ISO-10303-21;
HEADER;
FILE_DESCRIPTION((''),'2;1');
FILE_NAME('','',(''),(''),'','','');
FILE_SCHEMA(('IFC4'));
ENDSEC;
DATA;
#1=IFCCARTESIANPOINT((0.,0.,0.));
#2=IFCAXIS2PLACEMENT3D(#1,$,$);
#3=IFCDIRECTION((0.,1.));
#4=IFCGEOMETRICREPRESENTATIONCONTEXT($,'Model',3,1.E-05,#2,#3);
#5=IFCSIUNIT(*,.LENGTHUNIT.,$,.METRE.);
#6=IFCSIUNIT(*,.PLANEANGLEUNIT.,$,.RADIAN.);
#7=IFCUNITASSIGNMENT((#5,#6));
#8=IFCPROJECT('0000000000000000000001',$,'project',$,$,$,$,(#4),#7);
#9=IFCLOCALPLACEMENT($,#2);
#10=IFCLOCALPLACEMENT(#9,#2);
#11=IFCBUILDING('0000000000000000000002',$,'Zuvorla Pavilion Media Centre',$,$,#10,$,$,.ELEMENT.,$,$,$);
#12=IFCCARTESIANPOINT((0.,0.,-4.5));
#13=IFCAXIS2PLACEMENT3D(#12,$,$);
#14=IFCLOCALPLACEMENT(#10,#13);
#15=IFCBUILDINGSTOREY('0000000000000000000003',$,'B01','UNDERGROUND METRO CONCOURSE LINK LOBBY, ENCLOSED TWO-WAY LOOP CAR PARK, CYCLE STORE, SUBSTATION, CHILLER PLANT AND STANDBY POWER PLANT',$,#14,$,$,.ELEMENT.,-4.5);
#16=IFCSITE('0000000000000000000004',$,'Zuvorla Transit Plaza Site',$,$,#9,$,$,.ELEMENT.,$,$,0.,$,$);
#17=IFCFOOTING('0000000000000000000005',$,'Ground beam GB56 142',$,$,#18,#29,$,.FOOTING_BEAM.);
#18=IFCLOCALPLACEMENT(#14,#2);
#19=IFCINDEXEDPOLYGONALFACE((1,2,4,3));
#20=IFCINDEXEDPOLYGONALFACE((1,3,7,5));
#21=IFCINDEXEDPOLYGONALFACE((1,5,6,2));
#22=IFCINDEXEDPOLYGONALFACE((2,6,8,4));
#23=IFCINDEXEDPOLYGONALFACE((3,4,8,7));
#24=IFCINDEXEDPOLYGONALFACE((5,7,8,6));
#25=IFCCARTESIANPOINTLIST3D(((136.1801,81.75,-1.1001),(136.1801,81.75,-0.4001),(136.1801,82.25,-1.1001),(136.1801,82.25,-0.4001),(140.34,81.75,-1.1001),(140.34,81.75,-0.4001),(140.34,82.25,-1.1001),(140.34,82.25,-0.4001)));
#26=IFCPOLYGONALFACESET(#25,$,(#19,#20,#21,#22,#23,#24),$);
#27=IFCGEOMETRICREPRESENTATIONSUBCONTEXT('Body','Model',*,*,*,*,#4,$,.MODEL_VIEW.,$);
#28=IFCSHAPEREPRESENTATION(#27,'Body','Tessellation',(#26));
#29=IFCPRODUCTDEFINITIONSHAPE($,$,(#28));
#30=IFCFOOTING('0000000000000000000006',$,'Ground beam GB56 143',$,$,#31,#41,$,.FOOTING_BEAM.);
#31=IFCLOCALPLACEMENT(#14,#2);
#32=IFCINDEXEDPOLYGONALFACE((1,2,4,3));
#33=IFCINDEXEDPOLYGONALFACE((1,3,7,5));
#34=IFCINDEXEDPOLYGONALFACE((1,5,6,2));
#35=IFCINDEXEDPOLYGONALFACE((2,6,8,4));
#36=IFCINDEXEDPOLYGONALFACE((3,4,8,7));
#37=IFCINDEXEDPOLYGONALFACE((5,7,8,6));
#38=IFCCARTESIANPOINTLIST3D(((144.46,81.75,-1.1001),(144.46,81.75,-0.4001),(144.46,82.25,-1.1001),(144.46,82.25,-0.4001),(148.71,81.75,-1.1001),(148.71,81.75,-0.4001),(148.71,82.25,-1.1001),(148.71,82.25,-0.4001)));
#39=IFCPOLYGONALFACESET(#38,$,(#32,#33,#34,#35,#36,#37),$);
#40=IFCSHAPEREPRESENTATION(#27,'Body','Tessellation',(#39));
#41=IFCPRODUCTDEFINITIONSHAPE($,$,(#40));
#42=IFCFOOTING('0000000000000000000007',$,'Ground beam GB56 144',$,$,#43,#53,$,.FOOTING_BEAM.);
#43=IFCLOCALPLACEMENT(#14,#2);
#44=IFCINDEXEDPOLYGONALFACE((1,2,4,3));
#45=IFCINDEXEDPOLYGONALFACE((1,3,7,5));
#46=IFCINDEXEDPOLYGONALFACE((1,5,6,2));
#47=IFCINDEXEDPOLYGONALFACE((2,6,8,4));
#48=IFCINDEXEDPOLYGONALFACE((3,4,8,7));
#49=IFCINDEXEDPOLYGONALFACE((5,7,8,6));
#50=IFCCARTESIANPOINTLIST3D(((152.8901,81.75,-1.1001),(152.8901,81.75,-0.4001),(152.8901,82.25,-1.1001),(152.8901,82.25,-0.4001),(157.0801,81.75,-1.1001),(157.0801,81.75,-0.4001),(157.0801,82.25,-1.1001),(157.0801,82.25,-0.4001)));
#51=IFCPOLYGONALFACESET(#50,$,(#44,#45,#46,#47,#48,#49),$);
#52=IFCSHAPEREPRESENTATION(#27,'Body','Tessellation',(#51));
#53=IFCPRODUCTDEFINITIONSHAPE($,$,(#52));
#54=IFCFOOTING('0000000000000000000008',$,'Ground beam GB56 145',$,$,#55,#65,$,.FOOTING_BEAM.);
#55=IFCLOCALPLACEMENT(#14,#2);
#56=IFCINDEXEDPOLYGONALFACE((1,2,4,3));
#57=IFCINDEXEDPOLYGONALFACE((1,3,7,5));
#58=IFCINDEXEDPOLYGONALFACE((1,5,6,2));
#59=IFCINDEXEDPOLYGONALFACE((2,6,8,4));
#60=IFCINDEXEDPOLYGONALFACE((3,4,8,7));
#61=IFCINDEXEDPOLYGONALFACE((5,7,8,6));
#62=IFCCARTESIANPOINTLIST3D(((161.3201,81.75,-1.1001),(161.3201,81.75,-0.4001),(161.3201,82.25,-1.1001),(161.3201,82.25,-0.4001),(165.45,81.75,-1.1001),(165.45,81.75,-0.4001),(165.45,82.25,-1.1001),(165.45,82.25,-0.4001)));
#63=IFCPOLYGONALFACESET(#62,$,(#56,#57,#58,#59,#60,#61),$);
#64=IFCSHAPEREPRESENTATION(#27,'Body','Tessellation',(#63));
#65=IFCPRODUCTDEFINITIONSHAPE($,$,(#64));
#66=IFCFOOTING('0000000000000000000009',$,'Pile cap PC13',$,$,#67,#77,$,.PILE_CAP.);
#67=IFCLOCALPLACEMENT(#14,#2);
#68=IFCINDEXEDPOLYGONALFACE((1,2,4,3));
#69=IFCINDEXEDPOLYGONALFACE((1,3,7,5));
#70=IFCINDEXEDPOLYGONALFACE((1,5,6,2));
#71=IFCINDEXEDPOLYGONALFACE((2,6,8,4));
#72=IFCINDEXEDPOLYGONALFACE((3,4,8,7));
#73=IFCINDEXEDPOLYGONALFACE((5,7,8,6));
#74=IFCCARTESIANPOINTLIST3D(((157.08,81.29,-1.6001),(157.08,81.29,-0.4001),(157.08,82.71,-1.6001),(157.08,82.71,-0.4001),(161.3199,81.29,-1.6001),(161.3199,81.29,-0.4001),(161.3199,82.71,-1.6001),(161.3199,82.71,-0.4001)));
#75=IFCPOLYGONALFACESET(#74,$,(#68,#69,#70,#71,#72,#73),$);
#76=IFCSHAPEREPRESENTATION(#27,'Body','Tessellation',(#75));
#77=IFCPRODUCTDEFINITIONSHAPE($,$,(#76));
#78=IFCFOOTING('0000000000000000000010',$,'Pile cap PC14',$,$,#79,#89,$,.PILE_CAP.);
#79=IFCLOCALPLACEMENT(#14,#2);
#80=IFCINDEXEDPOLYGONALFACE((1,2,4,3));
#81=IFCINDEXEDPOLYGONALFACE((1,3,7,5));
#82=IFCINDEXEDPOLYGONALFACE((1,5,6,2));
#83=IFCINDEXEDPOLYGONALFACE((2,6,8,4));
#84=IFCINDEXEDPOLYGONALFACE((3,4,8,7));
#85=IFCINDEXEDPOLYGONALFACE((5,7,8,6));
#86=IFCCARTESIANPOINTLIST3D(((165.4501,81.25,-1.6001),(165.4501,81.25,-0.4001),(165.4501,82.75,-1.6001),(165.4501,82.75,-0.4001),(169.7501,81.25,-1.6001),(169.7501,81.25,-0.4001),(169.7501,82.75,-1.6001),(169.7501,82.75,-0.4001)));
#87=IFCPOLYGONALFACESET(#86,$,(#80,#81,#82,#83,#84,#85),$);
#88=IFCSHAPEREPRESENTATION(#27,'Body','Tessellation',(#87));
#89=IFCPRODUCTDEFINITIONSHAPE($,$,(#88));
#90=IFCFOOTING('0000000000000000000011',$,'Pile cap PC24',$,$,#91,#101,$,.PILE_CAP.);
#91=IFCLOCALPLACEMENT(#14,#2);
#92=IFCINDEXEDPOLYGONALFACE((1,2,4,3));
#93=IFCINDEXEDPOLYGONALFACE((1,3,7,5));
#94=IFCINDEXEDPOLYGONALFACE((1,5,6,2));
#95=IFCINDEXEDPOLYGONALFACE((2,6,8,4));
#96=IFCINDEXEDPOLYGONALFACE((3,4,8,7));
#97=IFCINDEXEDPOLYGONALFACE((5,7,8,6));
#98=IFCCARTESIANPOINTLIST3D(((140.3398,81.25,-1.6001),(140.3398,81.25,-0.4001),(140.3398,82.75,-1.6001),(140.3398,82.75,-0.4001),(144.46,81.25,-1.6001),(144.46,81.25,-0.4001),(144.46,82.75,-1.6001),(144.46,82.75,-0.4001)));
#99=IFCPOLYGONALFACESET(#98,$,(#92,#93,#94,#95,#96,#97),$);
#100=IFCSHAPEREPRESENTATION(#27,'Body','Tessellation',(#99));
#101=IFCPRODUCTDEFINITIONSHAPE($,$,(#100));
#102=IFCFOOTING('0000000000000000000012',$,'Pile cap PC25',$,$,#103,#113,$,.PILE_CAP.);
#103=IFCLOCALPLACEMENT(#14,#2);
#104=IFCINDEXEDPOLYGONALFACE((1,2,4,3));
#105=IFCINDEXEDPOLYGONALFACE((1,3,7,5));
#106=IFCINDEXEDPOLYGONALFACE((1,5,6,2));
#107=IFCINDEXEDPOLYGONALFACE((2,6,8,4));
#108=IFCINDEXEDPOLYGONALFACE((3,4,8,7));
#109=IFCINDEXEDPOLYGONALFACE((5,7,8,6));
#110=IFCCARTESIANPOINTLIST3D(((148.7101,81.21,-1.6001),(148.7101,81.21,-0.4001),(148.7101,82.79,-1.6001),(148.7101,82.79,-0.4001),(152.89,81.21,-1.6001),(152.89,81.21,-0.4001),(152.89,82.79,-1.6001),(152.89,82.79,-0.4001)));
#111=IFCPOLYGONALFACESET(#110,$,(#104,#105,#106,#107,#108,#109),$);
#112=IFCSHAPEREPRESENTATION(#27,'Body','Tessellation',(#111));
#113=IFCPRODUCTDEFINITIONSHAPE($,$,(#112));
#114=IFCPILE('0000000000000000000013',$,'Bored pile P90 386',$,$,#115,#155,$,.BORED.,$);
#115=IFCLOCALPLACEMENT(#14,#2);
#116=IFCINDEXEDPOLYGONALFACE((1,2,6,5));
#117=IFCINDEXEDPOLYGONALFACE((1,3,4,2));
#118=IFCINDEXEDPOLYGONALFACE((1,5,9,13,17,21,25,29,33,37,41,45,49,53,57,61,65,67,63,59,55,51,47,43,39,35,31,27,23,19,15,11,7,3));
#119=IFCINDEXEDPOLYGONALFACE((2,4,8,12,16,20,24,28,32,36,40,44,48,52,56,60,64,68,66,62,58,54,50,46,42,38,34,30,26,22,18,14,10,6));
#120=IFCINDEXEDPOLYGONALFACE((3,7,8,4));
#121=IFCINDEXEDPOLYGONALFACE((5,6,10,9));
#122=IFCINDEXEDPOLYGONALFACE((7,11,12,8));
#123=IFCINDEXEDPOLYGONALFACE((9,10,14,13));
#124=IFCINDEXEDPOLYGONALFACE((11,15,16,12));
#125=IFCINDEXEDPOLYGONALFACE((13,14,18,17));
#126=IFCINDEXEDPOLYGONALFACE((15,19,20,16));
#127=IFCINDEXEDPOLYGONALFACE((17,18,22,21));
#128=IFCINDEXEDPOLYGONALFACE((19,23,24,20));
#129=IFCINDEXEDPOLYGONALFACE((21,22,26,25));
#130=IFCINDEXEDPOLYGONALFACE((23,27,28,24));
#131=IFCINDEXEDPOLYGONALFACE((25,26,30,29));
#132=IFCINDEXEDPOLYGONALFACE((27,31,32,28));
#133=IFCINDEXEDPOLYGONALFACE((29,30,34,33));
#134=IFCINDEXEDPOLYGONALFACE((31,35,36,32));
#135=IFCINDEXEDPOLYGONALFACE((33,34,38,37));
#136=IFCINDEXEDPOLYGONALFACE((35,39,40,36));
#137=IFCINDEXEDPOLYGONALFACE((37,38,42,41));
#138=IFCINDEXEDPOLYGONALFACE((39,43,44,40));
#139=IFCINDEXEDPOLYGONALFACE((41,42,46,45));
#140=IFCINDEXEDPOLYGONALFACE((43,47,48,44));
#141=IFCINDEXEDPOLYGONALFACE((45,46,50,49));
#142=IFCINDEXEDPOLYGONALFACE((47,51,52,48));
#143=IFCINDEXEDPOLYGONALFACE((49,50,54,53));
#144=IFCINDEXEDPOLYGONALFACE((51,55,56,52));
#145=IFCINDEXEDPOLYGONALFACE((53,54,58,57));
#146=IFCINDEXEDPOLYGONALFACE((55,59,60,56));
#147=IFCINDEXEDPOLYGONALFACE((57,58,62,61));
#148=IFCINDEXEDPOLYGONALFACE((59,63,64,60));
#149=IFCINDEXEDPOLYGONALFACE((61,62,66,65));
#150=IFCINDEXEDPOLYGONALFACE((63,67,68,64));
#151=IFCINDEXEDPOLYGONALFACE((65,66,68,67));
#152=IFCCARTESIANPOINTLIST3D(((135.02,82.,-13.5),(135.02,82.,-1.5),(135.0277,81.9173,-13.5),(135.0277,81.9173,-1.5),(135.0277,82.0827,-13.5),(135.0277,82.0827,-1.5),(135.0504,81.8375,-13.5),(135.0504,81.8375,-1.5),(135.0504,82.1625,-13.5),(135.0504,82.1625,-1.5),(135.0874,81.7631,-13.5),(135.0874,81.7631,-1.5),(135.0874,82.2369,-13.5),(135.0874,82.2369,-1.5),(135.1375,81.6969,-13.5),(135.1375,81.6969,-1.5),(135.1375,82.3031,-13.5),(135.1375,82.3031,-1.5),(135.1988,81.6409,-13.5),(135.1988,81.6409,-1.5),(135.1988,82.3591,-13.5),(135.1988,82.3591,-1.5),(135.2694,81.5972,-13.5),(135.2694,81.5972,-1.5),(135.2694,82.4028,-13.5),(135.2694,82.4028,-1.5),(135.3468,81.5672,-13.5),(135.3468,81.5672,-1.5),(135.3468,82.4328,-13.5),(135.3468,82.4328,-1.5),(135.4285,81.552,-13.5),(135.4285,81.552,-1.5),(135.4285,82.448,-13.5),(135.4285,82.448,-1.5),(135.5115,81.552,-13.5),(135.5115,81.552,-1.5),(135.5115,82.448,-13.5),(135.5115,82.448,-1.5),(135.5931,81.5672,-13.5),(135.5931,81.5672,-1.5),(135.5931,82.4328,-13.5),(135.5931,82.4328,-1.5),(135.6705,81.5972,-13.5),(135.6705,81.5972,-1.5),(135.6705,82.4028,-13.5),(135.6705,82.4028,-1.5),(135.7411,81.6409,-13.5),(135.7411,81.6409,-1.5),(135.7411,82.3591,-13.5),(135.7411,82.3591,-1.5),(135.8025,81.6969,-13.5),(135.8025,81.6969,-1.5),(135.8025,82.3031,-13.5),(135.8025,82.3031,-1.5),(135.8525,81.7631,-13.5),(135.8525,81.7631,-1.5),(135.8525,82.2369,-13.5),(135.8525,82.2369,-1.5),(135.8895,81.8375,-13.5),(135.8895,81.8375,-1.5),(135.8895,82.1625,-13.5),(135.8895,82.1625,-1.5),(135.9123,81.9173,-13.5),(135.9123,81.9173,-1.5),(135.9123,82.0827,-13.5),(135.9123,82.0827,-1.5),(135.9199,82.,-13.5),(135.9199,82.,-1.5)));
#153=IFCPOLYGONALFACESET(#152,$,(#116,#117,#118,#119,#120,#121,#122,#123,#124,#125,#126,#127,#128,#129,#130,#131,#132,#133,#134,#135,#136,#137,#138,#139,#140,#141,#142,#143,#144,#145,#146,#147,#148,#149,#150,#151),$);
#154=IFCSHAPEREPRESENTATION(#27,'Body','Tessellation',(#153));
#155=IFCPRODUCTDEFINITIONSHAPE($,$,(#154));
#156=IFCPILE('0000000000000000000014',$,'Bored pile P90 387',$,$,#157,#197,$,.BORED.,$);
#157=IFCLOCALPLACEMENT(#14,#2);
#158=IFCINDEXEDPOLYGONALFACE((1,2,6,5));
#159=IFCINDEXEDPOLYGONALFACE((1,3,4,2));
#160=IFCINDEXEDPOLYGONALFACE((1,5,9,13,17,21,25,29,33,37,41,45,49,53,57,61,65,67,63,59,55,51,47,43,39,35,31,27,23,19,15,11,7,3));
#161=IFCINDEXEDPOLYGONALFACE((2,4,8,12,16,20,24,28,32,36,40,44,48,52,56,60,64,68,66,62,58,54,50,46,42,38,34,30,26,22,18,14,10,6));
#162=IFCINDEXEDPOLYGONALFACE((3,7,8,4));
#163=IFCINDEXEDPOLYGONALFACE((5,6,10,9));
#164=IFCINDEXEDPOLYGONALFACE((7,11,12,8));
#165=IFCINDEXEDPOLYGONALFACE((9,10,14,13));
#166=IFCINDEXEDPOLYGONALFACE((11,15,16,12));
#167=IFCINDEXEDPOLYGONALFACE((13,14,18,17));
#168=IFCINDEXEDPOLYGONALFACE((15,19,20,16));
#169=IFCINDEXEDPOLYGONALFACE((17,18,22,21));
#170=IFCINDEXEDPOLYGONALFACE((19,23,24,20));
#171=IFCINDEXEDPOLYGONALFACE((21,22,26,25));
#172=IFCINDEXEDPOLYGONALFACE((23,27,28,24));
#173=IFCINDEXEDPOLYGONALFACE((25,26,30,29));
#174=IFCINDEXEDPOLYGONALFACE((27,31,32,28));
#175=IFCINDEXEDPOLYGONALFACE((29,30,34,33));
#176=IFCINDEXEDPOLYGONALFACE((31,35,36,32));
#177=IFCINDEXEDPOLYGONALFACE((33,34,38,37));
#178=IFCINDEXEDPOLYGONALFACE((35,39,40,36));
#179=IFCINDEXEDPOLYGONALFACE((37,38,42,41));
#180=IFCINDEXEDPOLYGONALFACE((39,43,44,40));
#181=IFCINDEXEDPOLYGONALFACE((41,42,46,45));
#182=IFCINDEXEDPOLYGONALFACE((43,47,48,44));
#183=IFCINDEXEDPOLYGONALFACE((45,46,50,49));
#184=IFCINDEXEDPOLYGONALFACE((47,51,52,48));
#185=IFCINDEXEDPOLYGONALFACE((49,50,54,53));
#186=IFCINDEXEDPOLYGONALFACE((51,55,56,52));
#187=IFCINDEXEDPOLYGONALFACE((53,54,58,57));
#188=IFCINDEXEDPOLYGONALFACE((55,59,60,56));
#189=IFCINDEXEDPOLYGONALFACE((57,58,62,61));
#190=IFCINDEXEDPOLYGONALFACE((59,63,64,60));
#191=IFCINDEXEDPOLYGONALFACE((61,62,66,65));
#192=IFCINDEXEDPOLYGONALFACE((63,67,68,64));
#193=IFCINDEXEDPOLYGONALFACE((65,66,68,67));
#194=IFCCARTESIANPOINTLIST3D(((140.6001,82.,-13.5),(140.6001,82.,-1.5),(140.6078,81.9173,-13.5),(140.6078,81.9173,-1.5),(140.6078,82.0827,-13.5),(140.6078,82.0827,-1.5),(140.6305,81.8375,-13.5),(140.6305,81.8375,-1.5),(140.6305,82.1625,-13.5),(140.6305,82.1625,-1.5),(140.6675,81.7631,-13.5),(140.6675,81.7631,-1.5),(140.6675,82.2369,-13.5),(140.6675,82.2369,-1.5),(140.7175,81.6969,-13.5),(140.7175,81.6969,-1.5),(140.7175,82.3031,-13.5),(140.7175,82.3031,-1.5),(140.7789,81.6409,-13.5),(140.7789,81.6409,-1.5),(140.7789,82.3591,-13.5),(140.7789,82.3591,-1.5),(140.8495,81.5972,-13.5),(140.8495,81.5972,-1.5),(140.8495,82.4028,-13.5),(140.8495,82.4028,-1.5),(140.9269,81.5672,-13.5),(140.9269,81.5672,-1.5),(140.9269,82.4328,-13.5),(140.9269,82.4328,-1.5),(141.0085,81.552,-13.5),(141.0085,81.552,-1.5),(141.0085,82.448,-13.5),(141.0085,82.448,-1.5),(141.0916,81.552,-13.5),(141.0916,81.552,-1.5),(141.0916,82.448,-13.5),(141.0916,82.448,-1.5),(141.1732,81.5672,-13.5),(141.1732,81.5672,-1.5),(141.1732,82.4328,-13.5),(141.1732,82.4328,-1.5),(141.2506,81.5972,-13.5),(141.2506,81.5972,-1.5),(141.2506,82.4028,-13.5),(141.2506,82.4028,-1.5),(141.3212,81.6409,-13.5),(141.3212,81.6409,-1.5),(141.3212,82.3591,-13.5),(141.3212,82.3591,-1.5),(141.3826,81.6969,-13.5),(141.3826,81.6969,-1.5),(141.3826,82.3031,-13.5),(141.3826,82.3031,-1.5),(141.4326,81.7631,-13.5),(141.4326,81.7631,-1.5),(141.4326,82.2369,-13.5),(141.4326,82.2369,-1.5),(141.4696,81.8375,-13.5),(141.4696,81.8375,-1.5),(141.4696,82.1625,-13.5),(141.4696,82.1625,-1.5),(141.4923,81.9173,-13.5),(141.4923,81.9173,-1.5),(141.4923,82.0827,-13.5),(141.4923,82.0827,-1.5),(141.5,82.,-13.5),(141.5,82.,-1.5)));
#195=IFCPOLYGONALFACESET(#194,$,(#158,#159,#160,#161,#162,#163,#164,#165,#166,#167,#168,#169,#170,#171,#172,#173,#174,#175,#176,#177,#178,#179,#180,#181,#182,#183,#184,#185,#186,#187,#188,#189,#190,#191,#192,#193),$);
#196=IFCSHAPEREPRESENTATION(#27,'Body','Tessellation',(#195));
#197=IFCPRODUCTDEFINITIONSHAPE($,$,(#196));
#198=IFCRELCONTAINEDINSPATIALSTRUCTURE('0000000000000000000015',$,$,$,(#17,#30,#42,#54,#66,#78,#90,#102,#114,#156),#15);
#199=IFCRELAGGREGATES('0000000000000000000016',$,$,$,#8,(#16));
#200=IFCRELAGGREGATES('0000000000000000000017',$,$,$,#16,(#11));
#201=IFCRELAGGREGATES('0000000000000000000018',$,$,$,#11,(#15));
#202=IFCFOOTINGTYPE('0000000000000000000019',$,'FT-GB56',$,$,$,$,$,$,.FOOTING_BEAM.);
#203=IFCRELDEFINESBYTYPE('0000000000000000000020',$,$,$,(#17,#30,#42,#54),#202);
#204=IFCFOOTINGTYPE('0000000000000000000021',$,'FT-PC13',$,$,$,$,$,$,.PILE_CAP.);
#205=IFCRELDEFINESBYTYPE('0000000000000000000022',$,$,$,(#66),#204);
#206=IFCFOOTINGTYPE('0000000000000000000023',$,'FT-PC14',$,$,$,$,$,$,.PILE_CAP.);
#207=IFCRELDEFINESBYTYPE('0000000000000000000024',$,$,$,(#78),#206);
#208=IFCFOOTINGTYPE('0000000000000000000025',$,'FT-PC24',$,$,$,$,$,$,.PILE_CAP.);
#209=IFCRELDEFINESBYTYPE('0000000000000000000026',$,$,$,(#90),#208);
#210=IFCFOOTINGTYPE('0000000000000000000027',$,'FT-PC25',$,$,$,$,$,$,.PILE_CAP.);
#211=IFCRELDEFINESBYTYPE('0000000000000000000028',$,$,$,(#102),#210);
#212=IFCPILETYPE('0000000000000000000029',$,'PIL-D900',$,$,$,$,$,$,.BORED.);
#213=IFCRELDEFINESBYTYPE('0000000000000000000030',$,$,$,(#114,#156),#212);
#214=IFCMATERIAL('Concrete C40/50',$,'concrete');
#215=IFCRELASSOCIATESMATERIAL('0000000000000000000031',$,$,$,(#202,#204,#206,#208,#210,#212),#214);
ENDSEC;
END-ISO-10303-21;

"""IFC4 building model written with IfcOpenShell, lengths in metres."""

from ifc_helpers import new_model, si_unit, direction, frame, origin, origin_2d, place, context, subcontext, project, spatial, rectangle, circle, extrude, material, material_profile, profile_set, type_object, element, save


model = new_model("IFC4")

# Units and contexts
model_context = context("Model", 3, precision=1e-05, world=origin(), true_north=direction((0.0, 1.0)))
body_context = subcontext(model_context, "Body", "Model", "MODEL_VIEW")
ifc_project = project(units=[si_unit("LENGTHUNIT", "METRE"), si_unit("PLANEANGLEUNIT", "RADIAN")], contexts=[model_context])

# Site, building, storey
site_placement = place(None, origin())
site = spatial("IfcSite", under=ifc_project, at=site_placement, Name="Zuvorla Transit Plaza Site", CompositionType="ELEMENT", RefElevation=0.0)
building_placement = place(site_placement, origin())
building = spatial("IfcBuilding", under=site, at=building_placement, Name="Zuvorla Pavilion Media Centre", CompositionType="ELEMENT")
storey_placement = place(building_placement, frame((0.0, 0.0, -4.5)))
storey = spatial("IfcBuildingStorey", under=building, at=storey_placement, Name="B01", Description="UNDERGROUND METRO CONCOURSE LINK LOBBY, ENCLOSED TWO-WAY LOOP CAR PARK, CYCLE STORE, SUBSTATION, CHILLER PLANT AND STANDBY POWER PLANT", CompositionType="ELEMENT", Elevation=-4.5)

# Footings
ifc_material = material(Name="Concrete C40/50", Category="concrete")
footing_type_1 = type_object("IfcFootingType", Name="FT-GB56", PredefinedType="FOOTING_BEAM", material=ifc_material)
footing_1_placement = place(storey_placement, frame((138.26, 82.0, -1.1001), z_axis=(0.0, 0.0, 1.0), x_axis=(1.0, 0.0, 0.0)))
element("IfcFooting", 1, at=footing_1_placement, inside=storey, type_object=footing_type_1, Name="Ground beam GB56 142", PredefinedType="FOOTING_BEAM", context=body_context, shape_type="SweptSolid", body=[
    extrude(rectangle(XDim=4.1599, YDim=0.5, at=origin_2d()), origin(), (0.0, 0.0, 1.0), 0.7),
])
footing_2_placement = place(storey_placement, frame((146.585, 82.0, -1.1001), z_axis=(0.0, 0.0, 1.0), x_axis=(1.0, 0.0, 0.0)))
element("IfcFooting", 2, at=footing_2_placement, inside=storey, type_object=footing_type_1, Name="Ground beam GB56 143", PredefinedType="FOOTING_BEAM", context=body_context, shape_type="SweptSolid", body=[
    extrude(rectangle(XDim=4.25, YDim=0.5, at=origin_2d()), origin(), (0.0, 0.0, 1.0), 0.7),
])
footing_3_placement = place(storey_placement, frame((154.9851, 82.0, -1.1001), z_axis=(0.0, 0.0, 1.0), x_axis=(1.0, 0.0, 0.0)))
element("IfcFooting", 3, at=footing_3_placement, inside=storey, type_object=footing_type_1, Name="Ground beam GB56 144", PredefinedType="FOOTING_BEAM", context=body_context, shape_type="SweptSolid", body=[
    extrude(rectangle(XDim=4.1899, YDim=0.5, at=origin_2d()), origin(), (0.0, 0.0, 1.0), 0.7),
])
footing_4_placement = place(storey_placement, frame((163.385, 82.0, -1.1001), z_axis=(0.0, 0.0, 1.0), x_axis=(1.0, 0.0, 0.0)))
element("IfcFooting", 4, at=footing_4_placement, inside=storey, type_object=footing_type_1, Name="Ground beam GB56 145", PredefinedType="FOOTING_BEAM", context=body_context, shape_type="SweptSolid", body=[
    extrude(rectangle(XDim=4.1299, YDim=0.5, at=origin_2d()), origin(), (0.0, 0.0, 1.0), 0.7),
])
footing_type_2 = type_object("IfcFootingType", Name="FT-PC13", PredefinedType="PILE_CAP", material=ifc_material)
footing_5_placement = place(storey_placement, frame((159.2, 82.0, -1.6001), z_axis=(0.0, 0.0, 1.0), x_axis=(1.0, 0.0, 0.0)))
element("IfcFooting", 5, at=footing_5_placement, inside=storey, type_object=footing_type_2, Name="Pile cap PC13", PredefinedType="PILE_CAP", context=body_context, shape_type="SweptSolid", body=[
    extrude(rectangle(XDim=4.24, YDim=1.4199, at=origin_2d()), origin(), (0.0, 0.0, 1.0), 1.2),
])
footing_type_3 = type_object("IfcFootingType", Name="FT-PC14", PredefinedType="PILE_CAP", material=ifc_material)
footing_6_placement = place(storey_placement, frame((167.6001, 82.0, -1.6001), z_axis=(0.0, 0.0, 1.0), x_axis=(1.0, 0.0, 0.0)))
element("IfcFooting", 6, at=footing_6_placement, inside=storey, type_object=footing_type_3, Name="Pile cap PC14", PredefinedType="PILE_CAP", context=body_context, shape_type="SweptSolid", body=[
    extrude(rectangle(XDim=4.3, YDim=1.5, at=origin_2d()), origin(), (0.0, 0.0, 1.0), 1.2),
])
footing_type_4 = type_object("IfcFootingType", Name="FT-PC24", PredefinedType="PILE_CAP", material=ifc_material)
footing_7_placement = place(storey_placement, frame((142.3999, 82.0, -1.6001), z_axis=(0.0, 0.0, 1.0), x_axis=(1.0, 0.0, 0.0)))
element("IfcFooting", 7, at=footing_7_placement, inside=storey, type_object=footing_type_4, Name="Pile cap PC24", PredefinedType="PILE_CAP", context=body_context, shape_type="SweptSolid", body=[
    extrude(rectangle(XDim=4.1201, YDim=1.5, at=origin_2d()), origin(), (0.0, 0.0, 1.0), 1.2),
])
footing_type_5 = type_object("IfcFootingType", Name="FT-PC25", PredefinedType="PILE_CAP", material=ifc_material)
footing_8_placement = place(storey_placement, frame((150.8, 82.0, -1.6001), z_axis=(0.0, 0.0, 1.0), x_axis=(1.0, 0.0, 0.0)))
element("IfcFooting", 8, at=footing_8_placement, inside=storey, type_object=footing_type_5, Name="Pile cap PC25", PredefinedType="PILE_CAP", context=body_context, shape_type="SweptSolid", body=[
    extrude(rectangle(XDim=4.1799, YDim=1.5801, at=origin_2d()), origin(), (0.0, 0.0, 1.0), 1.2),
])

# Piles
ifc_material_profile_1 = material_profile(ifc_material, circle(Radius=0.45, at=origin_2d()), Name="BORED PILE 900")
ifc_profile_set_1 = profile_set([ifc_material_profile_1], Name="Concrete C40/50")
pile_type = type_object("IfcPileType", Name="PIL-D900", PredefinedType="BORED", material=ifc_profile_set_1)
for number, where, z_axis, x_axis, name in (
    (9, (135.47, 82.0, -1.5), (0.0, 0.0, -1.0), (1.0, 0.0, 0.0), "Bored pile P90 386"),
    (10, (141.05, 82.0, -1.5), (0.0, 0.0, -1.0), (1.0, 0.0, 0.0), "Bored pile P90 387"),
):
    element("IfcPile", number, at=place(storey_placement, frame(where, z_axis=z_axis, x_axis=x_axis)), inside=storey, type_object=pile_type, Name=name, PredefinedType="BORED", context=body_context, shape_type="SweptSolid", body=[
        extrude(circle(Radius=0.45, at=origin_2d()), origin(), (0.0, 0.0, 1.0), 12.0),
    ])

save(model, "model.ifc")
